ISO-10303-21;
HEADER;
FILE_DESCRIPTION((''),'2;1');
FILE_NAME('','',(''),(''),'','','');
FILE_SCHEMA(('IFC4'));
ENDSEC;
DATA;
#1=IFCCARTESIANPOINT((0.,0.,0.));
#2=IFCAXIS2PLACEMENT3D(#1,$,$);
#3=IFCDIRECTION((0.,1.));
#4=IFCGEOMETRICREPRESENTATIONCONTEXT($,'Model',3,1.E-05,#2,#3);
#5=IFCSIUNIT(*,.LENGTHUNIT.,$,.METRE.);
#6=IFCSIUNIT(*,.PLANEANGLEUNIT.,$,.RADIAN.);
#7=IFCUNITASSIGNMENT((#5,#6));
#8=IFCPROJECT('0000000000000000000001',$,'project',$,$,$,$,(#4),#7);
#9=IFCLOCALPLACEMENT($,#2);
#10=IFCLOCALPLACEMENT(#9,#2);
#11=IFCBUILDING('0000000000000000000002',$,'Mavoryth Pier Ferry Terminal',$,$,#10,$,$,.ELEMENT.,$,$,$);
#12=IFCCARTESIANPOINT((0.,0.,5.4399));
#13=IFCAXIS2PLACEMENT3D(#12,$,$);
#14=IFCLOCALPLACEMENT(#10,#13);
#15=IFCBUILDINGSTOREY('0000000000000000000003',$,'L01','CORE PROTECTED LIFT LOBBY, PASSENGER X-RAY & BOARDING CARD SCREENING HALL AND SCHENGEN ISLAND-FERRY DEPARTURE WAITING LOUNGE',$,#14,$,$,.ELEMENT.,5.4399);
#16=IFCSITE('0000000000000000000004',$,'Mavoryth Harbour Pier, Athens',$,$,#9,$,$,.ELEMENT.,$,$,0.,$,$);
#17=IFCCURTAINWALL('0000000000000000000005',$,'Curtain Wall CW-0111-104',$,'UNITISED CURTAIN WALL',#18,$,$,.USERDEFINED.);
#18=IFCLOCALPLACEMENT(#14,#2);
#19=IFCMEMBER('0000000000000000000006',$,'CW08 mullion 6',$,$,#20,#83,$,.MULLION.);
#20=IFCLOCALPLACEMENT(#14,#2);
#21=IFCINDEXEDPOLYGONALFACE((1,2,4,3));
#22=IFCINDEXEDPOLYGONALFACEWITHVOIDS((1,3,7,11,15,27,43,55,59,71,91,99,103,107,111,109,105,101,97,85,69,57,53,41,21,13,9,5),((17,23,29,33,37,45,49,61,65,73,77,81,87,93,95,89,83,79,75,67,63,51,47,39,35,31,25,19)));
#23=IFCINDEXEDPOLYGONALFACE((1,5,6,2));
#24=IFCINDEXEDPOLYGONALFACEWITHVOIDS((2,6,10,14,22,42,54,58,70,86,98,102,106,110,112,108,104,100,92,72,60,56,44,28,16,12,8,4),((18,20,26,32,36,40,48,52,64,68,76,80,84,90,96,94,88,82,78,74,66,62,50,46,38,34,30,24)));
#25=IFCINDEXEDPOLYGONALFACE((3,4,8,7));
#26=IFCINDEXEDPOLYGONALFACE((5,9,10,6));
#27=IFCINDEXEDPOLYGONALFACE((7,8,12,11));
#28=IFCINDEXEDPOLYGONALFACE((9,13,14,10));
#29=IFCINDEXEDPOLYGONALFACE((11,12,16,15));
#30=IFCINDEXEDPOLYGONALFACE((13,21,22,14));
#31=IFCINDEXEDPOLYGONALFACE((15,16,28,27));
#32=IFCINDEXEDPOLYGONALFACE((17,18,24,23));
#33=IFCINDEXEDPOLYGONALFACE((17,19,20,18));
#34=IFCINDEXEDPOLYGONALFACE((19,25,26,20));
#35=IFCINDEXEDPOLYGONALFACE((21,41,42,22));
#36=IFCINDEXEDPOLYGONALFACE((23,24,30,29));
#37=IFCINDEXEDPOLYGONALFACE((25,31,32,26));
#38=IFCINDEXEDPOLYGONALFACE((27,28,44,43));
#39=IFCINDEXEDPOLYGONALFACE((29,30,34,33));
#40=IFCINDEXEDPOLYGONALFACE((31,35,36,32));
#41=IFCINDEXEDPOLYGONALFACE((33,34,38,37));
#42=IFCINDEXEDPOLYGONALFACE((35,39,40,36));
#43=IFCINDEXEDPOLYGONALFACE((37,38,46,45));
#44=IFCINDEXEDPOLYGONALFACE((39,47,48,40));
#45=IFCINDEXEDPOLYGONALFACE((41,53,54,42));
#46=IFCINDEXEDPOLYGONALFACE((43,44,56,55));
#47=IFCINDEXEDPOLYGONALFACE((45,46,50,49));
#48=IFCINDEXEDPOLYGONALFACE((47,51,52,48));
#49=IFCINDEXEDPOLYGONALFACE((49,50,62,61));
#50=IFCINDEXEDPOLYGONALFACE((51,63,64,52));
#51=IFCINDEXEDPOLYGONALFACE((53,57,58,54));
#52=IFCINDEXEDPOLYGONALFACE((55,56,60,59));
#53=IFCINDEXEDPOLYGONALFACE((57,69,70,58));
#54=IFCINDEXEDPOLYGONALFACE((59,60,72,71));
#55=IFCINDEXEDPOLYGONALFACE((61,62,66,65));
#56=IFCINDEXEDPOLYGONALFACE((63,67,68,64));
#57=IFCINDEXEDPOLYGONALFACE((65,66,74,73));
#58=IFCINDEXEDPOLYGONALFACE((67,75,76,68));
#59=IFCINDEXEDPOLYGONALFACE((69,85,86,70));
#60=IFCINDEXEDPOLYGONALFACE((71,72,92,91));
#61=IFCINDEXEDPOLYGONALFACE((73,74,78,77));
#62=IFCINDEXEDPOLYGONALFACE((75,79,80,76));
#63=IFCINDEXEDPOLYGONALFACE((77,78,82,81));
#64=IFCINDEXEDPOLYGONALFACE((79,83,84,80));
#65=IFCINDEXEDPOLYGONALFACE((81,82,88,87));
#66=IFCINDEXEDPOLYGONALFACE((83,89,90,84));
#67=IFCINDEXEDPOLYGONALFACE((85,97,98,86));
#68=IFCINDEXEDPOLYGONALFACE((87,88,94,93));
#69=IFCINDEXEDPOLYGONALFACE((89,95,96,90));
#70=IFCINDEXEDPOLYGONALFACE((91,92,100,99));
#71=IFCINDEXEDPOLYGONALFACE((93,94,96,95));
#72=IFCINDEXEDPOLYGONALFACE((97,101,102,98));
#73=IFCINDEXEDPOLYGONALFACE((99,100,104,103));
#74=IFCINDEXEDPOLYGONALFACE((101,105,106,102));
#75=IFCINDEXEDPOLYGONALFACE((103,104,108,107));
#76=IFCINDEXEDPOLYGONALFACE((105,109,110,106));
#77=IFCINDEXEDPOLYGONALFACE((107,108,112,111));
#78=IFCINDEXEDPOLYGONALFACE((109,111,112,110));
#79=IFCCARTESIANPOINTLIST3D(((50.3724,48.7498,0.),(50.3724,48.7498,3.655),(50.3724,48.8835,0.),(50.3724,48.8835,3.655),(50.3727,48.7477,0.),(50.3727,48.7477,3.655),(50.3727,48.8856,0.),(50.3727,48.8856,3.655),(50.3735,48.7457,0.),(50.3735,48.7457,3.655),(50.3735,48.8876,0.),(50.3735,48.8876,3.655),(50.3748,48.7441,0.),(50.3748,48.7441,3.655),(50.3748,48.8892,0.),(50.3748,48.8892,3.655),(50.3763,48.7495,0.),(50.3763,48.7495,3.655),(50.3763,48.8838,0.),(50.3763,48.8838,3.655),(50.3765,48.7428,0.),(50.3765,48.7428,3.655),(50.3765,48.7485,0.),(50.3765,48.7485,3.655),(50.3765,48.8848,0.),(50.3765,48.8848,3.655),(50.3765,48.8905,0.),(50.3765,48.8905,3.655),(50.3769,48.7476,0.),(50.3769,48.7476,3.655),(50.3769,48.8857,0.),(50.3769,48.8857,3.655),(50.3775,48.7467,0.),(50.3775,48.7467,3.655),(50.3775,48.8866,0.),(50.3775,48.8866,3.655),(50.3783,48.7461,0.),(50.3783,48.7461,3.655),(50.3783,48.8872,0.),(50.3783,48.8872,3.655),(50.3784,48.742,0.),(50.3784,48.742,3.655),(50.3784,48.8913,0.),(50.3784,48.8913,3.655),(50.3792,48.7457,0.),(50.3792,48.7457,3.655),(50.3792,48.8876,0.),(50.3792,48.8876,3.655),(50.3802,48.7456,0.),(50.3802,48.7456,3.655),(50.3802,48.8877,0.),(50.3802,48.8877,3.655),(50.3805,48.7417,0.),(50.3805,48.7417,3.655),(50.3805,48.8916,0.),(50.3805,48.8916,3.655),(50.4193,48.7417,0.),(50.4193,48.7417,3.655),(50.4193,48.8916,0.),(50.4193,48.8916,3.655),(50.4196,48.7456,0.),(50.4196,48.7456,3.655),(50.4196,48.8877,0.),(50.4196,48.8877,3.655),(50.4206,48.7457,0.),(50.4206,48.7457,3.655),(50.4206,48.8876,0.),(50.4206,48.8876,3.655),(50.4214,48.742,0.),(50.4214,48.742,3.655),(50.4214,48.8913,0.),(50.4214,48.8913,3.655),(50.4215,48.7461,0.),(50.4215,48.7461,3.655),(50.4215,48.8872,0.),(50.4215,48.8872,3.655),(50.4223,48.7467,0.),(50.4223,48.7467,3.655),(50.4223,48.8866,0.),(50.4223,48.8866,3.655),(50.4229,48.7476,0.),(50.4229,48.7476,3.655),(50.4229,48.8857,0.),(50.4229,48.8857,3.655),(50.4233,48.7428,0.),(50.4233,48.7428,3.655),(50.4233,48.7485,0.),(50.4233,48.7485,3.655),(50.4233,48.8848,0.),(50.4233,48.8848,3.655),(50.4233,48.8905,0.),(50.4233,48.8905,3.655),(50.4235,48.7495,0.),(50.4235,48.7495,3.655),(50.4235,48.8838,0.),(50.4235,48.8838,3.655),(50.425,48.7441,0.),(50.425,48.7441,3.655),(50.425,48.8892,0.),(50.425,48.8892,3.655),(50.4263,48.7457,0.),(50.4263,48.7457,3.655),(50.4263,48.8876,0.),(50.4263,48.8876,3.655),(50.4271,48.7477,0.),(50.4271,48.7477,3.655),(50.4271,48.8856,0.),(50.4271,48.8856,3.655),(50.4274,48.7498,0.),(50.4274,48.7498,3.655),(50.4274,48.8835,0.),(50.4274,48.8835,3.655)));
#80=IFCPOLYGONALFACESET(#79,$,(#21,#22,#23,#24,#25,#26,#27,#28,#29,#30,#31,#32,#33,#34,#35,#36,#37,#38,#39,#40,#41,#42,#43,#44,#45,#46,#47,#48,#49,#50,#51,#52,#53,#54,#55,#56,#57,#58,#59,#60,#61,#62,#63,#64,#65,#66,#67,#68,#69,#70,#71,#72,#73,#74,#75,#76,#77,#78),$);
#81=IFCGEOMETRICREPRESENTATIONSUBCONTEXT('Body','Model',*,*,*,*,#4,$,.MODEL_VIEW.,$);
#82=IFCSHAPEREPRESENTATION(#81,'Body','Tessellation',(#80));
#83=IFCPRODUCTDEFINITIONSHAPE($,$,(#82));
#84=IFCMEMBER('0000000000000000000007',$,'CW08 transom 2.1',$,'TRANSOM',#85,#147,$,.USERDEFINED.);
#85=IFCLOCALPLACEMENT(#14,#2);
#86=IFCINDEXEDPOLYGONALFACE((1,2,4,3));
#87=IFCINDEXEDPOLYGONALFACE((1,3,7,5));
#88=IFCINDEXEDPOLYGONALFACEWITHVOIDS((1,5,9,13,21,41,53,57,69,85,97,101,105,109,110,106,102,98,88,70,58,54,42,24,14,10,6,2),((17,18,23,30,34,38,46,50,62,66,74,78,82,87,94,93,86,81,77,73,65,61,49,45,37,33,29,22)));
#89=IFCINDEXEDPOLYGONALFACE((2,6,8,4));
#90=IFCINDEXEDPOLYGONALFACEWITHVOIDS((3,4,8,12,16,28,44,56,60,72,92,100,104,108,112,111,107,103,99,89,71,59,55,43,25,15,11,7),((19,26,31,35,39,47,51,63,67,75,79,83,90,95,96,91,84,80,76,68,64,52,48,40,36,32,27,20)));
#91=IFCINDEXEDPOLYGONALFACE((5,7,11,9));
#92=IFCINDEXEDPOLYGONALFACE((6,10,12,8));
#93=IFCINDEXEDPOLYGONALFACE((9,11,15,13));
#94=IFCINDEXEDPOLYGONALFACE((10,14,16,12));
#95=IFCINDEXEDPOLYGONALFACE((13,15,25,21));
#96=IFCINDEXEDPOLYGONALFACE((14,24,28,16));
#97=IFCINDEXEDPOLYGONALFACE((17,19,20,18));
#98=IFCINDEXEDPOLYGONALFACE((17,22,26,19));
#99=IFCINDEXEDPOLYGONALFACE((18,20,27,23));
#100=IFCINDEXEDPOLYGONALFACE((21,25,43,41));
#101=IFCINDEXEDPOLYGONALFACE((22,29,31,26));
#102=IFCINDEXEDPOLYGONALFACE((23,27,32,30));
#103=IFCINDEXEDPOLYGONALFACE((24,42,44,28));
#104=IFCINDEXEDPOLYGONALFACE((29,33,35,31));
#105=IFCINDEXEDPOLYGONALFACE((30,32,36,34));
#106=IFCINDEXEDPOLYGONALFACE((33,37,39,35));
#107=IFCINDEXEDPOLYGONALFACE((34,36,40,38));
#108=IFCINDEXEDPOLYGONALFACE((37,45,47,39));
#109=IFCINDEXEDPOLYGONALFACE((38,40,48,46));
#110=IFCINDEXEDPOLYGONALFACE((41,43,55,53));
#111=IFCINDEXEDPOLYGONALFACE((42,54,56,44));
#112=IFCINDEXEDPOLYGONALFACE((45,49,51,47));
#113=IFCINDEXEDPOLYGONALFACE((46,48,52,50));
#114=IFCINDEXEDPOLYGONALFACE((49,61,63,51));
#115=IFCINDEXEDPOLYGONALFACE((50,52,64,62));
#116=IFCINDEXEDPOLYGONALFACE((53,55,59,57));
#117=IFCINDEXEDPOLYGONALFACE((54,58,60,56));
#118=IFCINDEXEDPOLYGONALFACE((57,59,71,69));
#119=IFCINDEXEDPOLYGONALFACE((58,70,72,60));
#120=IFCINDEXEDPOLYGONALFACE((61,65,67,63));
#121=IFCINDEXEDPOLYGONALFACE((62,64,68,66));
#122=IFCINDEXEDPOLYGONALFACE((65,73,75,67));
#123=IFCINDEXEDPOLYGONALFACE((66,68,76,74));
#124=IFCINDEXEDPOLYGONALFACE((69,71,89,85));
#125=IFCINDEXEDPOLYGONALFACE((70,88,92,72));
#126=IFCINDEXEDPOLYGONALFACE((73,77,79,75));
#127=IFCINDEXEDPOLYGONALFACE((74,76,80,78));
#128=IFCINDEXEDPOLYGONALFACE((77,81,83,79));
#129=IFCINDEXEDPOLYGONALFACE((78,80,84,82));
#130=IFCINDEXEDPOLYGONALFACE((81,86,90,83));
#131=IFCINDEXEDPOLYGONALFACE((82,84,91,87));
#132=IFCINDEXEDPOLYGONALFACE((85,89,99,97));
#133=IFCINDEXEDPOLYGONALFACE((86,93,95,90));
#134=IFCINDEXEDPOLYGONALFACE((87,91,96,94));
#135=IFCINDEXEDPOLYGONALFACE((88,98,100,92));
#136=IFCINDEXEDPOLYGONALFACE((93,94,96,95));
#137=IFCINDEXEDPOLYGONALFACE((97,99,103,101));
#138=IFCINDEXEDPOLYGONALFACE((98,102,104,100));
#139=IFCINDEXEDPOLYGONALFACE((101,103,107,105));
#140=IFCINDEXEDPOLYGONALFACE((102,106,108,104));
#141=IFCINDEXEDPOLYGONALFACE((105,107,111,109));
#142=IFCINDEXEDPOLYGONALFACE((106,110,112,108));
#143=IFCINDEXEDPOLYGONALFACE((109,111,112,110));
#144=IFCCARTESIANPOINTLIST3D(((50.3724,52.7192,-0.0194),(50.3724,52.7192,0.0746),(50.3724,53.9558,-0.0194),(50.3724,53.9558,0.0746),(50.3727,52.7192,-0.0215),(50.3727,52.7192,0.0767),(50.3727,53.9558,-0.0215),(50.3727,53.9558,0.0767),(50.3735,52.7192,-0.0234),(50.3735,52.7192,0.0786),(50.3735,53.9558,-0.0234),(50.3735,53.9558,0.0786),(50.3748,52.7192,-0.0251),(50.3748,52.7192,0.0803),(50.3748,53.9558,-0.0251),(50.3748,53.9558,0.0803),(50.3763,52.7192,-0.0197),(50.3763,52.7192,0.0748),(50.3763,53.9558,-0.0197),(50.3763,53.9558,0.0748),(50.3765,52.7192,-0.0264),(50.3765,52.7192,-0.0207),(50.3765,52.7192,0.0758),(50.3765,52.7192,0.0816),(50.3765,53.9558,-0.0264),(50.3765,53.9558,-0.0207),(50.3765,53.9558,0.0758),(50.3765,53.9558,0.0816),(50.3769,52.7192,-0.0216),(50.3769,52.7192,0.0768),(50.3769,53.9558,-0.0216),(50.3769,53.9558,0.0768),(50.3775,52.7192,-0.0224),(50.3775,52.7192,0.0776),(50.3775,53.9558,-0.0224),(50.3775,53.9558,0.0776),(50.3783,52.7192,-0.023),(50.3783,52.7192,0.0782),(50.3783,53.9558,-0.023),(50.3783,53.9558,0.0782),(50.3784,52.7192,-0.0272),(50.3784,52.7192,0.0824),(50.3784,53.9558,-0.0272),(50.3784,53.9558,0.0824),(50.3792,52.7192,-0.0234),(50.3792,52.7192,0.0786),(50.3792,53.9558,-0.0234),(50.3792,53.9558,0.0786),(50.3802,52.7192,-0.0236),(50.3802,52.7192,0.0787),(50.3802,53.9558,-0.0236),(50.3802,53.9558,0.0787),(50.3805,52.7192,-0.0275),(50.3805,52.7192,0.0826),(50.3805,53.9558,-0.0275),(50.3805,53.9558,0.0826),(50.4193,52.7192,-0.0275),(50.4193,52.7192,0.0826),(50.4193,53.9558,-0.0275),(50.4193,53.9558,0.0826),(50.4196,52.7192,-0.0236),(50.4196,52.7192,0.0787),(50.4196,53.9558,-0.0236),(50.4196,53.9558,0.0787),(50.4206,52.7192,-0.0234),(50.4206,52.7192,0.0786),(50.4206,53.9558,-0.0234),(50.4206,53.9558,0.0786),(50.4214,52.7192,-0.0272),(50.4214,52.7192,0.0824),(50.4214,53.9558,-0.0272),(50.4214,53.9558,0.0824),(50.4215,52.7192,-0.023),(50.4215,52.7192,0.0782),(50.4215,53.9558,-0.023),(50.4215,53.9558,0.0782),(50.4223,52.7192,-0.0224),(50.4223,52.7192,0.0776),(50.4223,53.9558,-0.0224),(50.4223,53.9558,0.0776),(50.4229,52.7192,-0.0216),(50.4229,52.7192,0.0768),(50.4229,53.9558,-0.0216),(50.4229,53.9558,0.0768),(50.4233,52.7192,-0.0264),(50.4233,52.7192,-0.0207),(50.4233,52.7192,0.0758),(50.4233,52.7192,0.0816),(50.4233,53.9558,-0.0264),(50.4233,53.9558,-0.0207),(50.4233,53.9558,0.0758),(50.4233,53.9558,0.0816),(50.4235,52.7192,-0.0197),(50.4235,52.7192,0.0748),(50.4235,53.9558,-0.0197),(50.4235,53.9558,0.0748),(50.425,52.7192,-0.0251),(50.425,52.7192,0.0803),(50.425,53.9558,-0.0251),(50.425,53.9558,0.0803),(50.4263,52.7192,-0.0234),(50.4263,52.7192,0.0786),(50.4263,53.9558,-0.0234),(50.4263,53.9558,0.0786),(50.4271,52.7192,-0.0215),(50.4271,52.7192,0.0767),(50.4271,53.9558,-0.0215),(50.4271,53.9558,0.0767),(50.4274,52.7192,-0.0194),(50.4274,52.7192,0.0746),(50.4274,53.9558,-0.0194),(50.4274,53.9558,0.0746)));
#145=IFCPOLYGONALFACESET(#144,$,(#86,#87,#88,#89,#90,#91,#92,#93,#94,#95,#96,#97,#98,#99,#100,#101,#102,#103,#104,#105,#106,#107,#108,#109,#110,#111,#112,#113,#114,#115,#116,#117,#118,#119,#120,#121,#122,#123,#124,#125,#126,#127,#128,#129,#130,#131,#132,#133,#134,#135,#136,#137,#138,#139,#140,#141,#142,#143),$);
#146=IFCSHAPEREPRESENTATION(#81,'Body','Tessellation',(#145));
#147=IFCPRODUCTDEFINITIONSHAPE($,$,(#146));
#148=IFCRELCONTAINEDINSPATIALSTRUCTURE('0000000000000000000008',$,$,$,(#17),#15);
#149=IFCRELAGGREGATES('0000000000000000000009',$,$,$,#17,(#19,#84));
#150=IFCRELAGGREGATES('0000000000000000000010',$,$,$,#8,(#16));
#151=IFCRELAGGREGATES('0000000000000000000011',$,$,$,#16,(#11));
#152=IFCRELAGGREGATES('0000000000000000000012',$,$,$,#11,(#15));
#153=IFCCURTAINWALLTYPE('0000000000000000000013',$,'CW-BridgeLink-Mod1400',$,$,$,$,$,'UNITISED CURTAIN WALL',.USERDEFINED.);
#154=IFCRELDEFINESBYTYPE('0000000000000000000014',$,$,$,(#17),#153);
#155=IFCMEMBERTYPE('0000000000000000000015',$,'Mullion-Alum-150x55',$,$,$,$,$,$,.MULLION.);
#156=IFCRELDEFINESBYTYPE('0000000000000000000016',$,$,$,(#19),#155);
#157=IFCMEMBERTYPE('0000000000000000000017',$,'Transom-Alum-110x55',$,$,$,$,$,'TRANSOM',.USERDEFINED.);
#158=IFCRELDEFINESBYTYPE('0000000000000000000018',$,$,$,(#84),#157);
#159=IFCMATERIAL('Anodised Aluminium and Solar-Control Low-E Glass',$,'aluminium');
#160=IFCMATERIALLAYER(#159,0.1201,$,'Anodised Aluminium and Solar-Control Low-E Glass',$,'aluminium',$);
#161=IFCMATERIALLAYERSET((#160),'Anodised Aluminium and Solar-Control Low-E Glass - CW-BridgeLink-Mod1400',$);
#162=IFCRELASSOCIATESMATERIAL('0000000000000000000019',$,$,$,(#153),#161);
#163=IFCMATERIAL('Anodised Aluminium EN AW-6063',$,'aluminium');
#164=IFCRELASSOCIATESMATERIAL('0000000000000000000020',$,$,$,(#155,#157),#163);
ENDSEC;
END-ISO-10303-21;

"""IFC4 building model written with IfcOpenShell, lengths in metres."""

from ifc_helpers import new_model, si_unit, direction, frame, origin, origin_2d, place, context, subcontext, project, spatial, hollow_rectangle, extrude, material, layer, layer_set, material_profile, profile_set, type_object, element, aggregate, save


model = new_model("IFC4")

# Units and contexts
model_context = context("Model", 3, precision=1e-05, world=origin(), true_north=direction((0.0, 1.0)))
body_context = subcontext(model_context, "Body", "Model", "MODEL_VIEW")
ifc_project = project(units=[si_unit("LENGTHUNIT", "METRE"), si_unit("PLANEANGLEUNIT", "RADIAN")], contexts=[model_context])

# Site, building, storey
site_placement = place(None, origin())
site = spatial("IfcSite", under=ifc_project, at=site_placement, Name="Mavoryth Harbour Pier, Athens", CompositionType="ELEMENT", RefElevation=0.0)
building_placement = place(site_placement, origin())
building = spatial("IfcBuilding", under=site, at=building_placement, Name="Mavoryth Pier Ferry Terminal", CompositionType="ELEMENT")
storey_placement = place(building_placement, frame((0.0, 0.0, 5.4399)))
storey = spatial("IfcBuildingStorey", under=building, at=storey_placement, Name="L01", Description="CORE PROTECTED LIFT LOBBY, PASSENGER X-RAY & BOARDING CARD SCREENING HALL AND SCHENGEN ISLAND-FERRY DEPARTURE WAITING LOUNGE", CompositionType="ELEMENT", Elevation=5.4399)

# Curtain wall, members
ifc_material_1 = material(Name="Anodised Aluminium and Solar-Control Low-E Glass", Category="aluminium")
ifc_layer_1 = layer(ifc_material_1, 0.1201, Name="Anodised Aluminium and Solar-Control Low-E Glass", Category="aluminium")
ifc_layer_set_1 = layer_set([ifc_layer_1], Name="Anodised Aluminium and Solar-Control Low-E Glass - CW-BridgeLink-Mod1400")
curtain_wall_type = type_object("IfcCurtainWallType", Name="CW-BridgeLink-Mod1400", ElementType="UNITISED CURTAIN WALL", PredefinedType="USERDEFINED", material=ifc_layer_set_1)
curtain_wall_placement = place(storey_placement, origin())
curtain_wall = element("IfcCurtainWall", 1, at=curtain_wall_placement, inside=storey, type_object=curtain_wall_type, Name="Curtain Wall CW-0111-104", ObjectType="UNITISED CURTAIN WALL", PredefinedType="USERDEFINED")
ifc_material_2 = material(Name="Anodised Aluminium EN AW-6063", Category="aluminium")
ifc_material_profile_1 = material_profile(ifc_material_2, hollow_rectangle(XDim=0.0549, YDim=0.1499, WallThickness=0.0039, InnerFilletRadius=0.0039, OuterFilletRadius=0.0081, at=origin_2d()), Name="AL-MULL 150x55x4", Category="aluminium")
ifc_profile_set_1 = profile_set([ifc_material_profile_1], Name="Anodised Aluminium EN AW-6063 - AL-MULL 150x55x4")
member_type_1 = type_object("IfcMemberType", Name="Mullion-Alum-150x55", PredefinedType="MULLION", material=ifc_profile_set_1)
member_1_placement = place(storey_placement, frame((50.3999, 48.8167, 0.0), z_axis=(0.0, 0.0, 1.0), x_axis=(1.0, 0.0, 0.0)))
member_1 = element("IfcMember", 2, at=member_1_placement, type_object=member_type_1, Name="CW08 mullion 6", PredefinedType="MULLION", context=body_context, shape_type="SweptSolid", body=[
    extrude(hollow_rectangle(XDim=0.0549, YDim=0.1499, WallThickness=0.0039, InnerFilletRadius=0.0039, OuterFilletRadius=0.0081, at=origin_2d()), origin(), (0.0, 0.0, 1.0), 3.655),
])
ifc_material_profile_2 = material_profile(ifc_material_2, hollow_rectangle(XDim=0.0549, YDim=0.1101, WallThickness=0.0039, InnerFilletRadius=0.0039, OuterFilletRadius=0.0081, at=origin_2d()), Name="AL-TRAN 110x55x4", Category="aluminium")
ifc_profile_set_2 = profile_set([ifc_material_profile_2], Name="Anodised Aluminium EN AW-6063 - AL-TRAN 110x55x4")
member_type_2 = type_object("IfcMemberType", Name="Transom-Alum-110x55", ElementType="TRANSOM", PredefinedType="USERDEFINED", material=ifc_profile_set_2)
member_2_placement = place(storey_placement, frame((50.3999, 53.9558, 0.0276), z_axis=(0.0, -1.0, 0.0), x_axis=(1.0, 0.0, 0.0)))
member_2 = element("IfcMember", 3, at=member_2_placement, type_object=member_type_2, Name="CW08 transom 2.1", ObjectType="TRANSOM", PredefinedType="USERDEFINED", context=body_context, shape_type="SweptSolid", body=[
    extrude(hollow_rectangle(XDim=0.0549, YDim=0.1101, WallThickness=0.0039, InnerFilletRadius=0.0039, OuterFilletRadius=0.0081, at=origin_2d()), origin(), (0.0, 0.0, 1.0), 1.2366),
])
aggregate(curtain_wall, [member_1, member_2])

save(model, "model.ifc")
